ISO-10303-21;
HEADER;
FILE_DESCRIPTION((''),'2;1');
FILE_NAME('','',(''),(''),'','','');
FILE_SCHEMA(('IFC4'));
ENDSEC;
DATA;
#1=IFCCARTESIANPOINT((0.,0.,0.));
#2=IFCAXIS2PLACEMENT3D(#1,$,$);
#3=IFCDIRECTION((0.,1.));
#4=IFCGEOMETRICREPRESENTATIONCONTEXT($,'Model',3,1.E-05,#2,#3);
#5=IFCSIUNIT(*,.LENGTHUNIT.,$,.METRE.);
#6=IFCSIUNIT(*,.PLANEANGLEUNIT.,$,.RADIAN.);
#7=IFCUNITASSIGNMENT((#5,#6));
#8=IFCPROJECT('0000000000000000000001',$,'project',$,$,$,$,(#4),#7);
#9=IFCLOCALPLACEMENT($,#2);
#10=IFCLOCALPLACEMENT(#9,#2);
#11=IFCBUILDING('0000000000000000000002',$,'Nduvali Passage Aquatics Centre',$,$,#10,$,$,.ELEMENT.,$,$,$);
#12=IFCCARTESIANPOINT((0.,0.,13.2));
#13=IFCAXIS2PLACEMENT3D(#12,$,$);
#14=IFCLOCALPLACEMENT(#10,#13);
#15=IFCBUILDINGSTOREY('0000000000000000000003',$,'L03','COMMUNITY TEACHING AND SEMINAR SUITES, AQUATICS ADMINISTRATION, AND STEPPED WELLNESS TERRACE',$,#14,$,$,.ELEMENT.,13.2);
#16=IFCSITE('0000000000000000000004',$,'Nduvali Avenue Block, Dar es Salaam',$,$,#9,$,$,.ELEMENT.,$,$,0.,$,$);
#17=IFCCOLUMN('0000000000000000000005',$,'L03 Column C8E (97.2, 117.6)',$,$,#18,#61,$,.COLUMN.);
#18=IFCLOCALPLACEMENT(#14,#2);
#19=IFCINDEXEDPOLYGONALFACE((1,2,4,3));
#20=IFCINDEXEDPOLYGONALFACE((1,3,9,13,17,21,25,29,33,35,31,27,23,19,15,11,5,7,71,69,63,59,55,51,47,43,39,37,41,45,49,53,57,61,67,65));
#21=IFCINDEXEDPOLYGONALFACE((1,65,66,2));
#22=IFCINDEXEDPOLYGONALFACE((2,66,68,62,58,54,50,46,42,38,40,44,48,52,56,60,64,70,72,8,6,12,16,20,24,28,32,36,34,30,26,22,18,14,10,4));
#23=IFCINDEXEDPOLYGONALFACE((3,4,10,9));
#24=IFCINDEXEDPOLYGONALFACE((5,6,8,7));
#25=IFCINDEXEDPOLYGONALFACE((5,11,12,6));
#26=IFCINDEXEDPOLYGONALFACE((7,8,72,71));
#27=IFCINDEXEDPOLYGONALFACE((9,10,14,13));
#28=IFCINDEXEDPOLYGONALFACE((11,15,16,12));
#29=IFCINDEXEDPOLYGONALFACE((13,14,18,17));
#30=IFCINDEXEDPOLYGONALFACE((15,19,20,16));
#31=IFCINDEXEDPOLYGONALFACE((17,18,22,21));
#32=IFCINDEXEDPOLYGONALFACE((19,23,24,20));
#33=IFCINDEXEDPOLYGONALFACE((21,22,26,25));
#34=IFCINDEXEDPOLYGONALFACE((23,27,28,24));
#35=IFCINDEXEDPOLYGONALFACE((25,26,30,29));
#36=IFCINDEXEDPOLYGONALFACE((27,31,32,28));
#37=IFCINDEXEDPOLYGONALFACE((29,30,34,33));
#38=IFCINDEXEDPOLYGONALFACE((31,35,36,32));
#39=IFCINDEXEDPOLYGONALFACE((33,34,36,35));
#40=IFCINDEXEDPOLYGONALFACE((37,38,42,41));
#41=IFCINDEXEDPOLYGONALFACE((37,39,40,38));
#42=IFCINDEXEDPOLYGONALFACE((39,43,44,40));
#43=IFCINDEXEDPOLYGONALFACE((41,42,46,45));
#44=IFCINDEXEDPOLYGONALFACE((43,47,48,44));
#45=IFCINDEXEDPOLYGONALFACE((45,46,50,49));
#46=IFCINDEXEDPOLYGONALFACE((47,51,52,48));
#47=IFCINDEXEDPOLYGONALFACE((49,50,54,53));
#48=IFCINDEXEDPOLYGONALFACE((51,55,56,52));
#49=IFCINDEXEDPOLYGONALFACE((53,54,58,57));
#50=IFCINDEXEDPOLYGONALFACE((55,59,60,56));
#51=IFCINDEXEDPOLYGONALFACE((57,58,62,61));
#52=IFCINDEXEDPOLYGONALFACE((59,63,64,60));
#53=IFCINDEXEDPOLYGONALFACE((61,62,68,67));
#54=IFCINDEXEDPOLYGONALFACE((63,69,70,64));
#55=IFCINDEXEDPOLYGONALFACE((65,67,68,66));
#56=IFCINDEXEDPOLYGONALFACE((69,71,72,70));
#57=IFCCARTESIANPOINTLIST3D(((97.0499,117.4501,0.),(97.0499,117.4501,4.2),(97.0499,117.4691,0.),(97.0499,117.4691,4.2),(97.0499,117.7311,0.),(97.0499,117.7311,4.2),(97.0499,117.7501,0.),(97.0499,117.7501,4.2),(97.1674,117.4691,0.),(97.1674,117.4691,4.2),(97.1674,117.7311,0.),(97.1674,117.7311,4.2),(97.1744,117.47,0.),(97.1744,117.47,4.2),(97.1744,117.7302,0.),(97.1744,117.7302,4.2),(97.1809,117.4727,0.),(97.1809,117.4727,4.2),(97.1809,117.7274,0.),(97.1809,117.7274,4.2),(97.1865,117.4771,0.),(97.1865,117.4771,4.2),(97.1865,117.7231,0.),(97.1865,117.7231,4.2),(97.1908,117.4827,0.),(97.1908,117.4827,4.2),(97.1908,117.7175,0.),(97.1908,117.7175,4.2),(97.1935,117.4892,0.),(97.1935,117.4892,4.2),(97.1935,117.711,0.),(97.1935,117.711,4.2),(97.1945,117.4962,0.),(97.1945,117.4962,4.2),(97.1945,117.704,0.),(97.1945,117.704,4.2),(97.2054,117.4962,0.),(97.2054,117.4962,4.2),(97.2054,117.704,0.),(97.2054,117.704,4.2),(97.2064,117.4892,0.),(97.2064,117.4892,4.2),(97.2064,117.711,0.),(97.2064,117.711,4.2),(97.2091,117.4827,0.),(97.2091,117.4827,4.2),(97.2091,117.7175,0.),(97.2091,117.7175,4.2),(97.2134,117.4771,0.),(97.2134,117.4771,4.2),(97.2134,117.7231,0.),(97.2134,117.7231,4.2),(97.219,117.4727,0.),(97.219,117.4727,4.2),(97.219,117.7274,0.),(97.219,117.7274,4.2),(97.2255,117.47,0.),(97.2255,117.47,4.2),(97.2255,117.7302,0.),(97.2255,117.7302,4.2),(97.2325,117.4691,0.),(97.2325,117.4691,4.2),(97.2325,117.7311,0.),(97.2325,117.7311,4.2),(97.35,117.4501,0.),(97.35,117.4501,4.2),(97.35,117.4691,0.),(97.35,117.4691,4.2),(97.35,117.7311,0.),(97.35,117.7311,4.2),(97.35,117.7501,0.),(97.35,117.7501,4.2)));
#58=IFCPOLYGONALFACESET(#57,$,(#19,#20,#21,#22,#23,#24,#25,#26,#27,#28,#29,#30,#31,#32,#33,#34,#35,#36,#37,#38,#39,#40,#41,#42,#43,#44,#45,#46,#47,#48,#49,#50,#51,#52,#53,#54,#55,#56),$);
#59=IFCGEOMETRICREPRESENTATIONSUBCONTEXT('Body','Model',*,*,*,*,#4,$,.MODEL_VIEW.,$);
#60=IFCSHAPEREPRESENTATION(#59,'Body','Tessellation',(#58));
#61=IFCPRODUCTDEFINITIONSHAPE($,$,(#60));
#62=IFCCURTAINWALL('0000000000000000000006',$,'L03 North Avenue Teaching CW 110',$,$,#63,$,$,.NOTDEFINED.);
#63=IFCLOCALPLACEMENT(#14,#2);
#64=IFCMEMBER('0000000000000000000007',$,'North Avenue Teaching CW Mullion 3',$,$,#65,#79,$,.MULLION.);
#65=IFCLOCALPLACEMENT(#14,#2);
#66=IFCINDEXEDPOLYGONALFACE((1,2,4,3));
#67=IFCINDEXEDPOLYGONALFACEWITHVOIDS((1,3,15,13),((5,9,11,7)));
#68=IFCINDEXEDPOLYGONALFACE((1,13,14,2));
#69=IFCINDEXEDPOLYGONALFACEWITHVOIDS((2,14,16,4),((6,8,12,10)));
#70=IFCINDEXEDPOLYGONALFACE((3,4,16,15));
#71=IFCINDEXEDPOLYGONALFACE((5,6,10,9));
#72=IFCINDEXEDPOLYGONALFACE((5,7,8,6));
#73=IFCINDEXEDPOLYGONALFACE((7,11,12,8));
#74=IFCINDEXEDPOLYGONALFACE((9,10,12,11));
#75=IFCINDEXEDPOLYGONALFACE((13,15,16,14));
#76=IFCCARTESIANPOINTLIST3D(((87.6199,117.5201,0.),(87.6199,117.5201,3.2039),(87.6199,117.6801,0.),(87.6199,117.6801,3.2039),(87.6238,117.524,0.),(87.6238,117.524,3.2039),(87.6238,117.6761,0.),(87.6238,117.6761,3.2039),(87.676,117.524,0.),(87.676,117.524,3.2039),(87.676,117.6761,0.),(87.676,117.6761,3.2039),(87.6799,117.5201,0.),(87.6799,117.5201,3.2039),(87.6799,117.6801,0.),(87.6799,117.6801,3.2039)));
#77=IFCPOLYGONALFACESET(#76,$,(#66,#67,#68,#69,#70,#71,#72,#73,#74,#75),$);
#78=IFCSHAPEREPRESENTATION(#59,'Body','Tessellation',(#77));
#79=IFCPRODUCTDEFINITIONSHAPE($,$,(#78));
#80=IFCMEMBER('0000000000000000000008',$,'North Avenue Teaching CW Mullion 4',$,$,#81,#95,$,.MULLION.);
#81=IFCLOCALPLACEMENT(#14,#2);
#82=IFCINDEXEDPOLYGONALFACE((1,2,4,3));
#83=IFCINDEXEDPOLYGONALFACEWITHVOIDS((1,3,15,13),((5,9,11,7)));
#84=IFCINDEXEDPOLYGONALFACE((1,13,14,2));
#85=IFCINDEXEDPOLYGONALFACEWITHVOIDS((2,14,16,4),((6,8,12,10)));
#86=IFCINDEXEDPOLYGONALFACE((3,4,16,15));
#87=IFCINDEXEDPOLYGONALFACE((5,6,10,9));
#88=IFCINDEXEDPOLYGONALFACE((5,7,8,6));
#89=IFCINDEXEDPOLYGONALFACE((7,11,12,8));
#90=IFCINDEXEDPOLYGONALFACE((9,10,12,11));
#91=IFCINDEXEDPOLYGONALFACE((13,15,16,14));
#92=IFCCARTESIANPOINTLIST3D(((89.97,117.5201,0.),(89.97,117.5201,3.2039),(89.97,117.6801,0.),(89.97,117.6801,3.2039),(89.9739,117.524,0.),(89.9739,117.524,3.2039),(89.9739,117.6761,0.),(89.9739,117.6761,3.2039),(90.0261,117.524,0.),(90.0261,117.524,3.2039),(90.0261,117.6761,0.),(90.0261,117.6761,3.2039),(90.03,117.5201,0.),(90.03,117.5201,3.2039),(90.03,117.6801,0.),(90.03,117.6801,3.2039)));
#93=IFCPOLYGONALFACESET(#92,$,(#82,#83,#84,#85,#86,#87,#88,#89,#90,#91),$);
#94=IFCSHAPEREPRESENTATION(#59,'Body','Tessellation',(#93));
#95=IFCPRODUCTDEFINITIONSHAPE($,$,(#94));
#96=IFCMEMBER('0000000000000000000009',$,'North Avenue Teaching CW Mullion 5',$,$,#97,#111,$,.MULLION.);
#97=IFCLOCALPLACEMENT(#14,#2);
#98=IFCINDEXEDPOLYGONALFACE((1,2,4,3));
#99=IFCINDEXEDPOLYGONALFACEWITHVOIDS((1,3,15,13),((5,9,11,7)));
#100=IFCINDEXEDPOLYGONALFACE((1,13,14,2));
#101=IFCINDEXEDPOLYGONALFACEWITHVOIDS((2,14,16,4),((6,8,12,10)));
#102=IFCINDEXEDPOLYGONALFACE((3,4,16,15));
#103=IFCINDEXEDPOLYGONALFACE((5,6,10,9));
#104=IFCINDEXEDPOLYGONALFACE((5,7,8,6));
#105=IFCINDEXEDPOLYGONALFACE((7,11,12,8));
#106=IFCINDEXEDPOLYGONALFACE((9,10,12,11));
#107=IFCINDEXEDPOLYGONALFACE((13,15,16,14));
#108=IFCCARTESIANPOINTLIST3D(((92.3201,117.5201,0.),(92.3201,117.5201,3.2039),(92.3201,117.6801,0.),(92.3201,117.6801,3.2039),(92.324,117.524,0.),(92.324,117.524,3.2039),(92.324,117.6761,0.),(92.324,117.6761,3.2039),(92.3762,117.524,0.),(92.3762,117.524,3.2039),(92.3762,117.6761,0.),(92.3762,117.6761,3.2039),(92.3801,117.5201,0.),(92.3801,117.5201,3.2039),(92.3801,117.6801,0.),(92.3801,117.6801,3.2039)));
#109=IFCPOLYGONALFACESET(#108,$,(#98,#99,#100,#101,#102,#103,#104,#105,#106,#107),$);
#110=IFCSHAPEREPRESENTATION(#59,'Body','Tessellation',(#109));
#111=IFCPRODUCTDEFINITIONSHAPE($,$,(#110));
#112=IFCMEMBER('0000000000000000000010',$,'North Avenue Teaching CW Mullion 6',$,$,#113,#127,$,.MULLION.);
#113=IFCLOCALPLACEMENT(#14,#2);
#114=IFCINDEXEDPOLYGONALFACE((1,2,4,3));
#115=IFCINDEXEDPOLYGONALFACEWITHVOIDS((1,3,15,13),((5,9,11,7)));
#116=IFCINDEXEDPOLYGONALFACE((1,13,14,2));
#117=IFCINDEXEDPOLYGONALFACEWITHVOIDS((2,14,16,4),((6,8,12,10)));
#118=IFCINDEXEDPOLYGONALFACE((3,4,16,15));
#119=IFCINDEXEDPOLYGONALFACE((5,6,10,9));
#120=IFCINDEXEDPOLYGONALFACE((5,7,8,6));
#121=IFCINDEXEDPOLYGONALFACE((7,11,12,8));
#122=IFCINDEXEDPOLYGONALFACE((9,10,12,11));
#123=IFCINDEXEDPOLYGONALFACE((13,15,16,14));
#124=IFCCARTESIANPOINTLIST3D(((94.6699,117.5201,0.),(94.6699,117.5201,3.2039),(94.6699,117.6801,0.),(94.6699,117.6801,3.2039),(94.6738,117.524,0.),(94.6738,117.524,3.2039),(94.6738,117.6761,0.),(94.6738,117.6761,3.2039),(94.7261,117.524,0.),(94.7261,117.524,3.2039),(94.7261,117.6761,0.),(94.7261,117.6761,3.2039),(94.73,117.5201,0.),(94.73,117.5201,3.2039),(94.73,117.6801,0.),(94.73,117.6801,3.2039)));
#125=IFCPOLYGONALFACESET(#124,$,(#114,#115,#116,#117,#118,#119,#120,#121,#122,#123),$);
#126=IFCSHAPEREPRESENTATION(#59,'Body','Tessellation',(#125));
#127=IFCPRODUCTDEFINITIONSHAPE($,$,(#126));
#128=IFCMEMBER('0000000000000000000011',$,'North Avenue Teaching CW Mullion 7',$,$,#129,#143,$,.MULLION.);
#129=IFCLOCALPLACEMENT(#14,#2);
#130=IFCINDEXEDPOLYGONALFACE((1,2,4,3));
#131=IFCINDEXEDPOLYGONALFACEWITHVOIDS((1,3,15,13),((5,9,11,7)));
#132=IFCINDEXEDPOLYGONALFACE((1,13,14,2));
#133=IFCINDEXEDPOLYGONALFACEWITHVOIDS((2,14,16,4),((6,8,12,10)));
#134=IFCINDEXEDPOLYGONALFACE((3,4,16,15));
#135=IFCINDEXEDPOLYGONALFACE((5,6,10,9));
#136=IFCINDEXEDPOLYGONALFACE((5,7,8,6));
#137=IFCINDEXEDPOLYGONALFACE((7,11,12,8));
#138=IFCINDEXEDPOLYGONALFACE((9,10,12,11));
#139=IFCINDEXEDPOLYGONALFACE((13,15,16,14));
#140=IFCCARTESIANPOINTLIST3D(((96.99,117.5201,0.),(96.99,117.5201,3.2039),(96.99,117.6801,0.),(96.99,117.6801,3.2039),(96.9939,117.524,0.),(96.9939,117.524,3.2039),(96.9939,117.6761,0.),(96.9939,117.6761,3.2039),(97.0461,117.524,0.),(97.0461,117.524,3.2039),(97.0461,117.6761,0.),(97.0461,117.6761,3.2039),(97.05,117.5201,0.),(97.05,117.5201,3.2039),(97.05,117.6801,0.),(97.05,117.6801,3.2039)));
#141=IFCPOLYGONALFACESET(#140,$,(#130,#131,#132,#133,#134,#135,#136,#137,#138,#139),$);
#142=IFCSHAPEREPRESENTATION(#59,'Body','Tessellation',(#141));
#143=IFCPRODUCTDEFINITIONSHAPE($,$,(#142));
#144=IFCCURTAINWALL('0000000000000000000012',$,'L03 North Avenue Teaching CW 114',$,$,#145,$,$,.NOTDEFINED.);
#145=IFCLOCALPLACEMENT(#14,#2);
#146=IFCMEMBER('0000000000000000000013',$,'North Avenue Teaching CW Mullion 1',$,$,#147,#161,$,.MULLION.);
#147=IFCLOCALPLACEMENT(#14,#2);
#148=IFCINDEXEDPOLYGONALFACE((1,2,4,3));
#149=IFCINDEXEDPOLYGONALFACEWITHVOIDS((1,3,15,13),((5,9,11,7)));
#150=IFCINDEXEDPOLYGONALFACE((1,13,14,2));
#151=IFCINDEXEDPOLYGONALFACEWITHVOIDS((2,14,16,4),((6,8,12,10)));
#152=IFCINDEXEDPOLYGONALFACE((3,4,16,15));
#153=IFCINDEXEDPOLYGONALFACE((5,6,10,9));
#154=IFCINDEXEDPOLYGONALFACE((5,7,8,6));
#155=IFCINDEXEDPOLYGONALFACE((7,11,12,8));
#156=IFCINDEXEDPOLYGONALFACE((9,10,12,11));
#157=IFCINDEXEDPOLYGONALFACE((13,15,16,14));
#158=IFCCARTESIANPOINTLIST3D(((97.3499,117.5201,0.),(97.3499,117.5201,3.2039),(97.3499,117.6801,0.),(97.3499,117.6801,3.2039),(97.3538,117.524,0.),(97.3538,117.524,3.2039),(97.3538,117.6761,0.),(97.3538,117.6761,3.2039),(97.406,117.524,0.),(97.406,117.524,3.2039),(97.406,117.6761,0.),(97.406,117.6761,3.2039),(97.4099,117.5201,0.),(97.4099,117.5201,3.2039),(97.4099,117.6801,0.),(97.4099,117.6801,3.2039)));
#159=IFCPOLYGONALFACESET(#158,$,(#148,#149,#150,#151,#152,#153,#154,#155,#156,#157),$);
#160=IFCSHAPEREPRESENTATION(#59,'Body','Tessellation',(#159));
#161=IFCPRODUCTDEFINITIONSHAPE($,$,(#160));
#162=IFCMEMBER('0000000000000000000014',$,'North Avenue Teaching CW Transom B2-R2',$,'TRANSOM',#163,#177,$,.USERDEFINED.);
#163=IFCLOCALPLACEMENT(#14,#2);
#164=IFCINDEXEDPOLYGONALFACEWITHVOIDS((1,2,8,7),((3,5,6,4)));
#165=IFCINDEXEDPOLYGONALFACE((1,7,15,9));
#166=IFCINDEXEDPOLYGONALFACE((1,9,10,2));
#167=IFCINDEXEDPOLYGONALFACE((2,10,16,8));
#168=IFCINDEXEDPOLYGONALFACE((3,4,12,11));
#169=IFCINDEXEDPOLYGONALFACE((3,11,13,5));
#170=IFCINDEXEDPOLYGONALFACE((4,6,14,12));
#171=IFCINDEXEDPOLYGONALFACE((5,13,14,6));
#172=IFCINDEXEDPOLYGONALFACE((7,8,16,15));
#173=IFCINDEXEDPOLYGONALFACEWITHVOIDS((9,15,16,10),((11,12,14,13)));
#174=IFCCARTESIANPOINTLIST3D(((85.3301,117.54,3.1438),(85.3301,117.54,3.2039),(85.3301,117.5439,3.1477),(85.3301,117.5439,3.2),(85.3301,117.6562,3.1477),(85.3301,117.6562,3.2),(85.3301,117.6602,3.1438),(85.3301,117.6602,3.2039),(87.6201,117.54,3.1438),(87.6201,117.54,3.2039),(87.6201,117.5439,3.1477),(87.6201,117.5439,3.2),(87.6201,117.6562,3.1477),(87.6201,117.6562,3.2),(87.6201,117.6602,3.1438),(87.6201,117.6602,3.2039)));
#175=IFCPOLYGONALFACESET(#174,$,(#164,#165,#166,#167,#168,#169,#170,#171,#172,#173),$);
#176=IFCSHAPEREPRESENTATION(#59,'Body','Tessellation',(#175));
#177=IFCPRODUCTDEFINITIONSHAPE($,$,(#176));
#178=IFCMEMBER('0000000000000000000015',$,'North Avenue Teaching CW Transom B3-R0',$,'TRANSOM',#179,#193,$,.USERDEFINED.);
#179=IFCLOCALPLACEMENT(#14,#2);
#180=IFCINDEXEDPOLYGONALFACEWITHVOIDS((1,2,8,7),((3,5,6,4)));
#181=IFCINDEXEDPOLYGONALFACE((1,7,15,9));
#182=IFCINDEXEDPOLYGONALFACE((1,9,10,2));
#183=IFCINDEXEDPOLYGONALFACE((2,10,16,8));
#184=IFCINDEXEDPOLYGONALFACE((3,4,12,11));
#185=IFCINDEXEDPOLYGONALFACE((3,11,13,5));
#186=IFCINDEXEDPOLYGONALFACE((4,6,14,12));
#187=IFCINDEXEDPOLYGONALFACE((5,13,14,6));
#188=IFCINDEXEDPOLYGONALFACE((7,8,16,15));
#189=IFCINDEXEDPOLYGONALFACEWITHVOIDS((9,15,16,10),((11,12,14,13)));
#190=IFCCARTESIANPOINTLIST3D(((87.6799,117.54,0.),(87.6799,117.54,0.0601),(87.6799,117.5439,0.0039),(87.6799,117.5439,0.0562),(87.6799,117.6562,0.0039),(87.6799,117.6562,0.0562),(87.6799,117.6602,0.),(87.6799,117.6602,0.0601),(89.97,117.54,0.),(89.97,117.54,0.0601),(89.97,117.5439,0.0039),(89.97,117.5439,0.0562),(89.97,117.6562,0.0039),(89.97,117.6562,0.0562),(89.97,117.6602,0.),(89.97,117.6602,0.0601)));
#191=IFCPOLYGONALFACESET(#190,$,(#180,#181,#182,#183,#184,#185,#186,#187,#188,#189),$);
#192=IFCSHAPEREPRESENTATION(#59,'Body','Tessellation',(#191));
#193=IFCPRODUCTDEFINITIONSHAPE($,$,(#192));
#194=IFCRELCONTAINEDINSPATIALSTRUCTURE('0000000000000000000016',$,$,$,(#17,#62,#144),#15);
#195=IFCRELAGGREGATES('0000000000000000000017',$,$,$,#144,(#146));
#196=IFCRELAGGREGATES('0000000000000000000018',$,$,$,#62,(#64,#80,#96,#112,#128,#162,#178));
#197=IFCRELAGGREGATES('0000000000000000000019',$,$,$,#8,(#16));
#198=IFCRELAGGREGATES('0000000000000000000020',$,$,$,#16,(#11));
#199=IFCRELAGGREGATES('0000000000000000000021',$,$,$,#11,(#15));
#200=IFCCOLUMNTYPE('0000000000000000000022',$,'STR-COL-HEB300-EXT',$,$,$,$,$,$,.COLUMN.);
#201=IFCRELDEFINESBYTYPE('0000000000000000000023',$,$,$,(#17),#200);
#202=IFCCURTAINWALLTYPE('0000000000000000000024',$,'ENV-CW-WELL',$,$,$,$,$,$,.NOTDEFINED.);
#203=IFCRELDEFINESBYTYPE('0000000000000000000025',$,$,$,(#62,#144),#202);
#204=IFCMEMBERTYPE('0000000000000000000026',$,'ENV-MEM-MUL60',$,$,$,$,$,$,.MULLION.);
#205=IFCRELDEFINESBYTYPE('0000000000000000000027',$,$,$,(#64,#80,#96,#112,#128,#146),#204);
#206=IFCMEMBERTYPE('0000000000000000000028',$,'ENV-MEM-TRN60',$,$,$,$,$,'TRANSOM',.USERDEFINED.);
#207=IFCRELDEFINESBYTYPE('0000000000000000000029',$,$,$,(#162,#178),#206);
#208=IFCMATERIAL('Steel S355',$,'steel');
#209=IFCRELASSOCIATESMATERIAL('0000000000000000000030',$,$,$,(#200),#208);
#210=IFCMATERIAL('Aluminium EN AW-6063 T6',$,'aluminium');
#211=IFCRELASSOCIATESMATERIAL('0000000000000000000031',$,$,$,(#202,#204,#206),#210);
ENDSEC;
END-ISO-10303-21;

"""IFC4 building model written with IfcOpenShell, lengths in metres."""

from ifc_helpers import new_model, si_unit, direction, frame, origin, origin_2d, place, context, subcontext, project, spatial, hollow_rectangle, i_section, extrude, material, material_profile, profile_set, type_object, element, aggregate, save


model = new_model("IFC4")

# Units and contexts
model_context = context("Model", 3, precision=1e-05, world=origin(), true_north=direction((0.0, 1.0)))
body_context = subcontext(model_context, "Body", "Model", "MODEL_VIEW")
ifc_project = project(units=[si_unit("LENGTHUNIT", "METRE"), si_unit("PLANEANGLEUNIT", "RADIAN")], contexts=[model_context])

# Site, building, storey
site_placement = place(None, origin())
site = spatial("IfcSite", under=ifc_project, at=site_placement, Name="Nduvali Avenue Block, Dar es Salaam", CompositionType="ELEMENT", RefElevation=0.0)
building_placement = place(site_placement, origin())
building = spatial("IfcBuilding", under=site, at=building_placement, Name="Nduvali Passage Aquatics Centre", CompositionType="ELEMENT")
storey_placement = place(building_placement, frame((0.0, 0.0, 13.2)))
storey = spatial("IfcBuildingStorey", under=building, at=storey_placement, Name="L03", Description="COMMUNITY TEACHING AND SEMINAR SUITES, AQUATICS ADMINISTRATION, AND STEPPED WELLNESS TERRACE", CompositionType="ELEMENT", Elevation=13.2)

# Column
ifc_material_1 = material(Name="Steel S355", Category="steel")
ifc_material_profile_1 = material_profile(ifc_material_1, i_section(OverallWidth=0.3, OverallDepth=0.3, WebThickness=0.011, FlangeThickness=0.019, FilletRadius=0.0271, at=origin_2d()), Name="HEB 300")
ifc_profile_set_1 = profile_set([ifc_material_profile_1], Name="Steel S355")
column_type = type_object("IfcColumnType", Name="STR-COL-HEB300-EXT", PredefinedType="COLUMN", material=ifc_profile_set_1)
column_placement = place(storey_placement, frame((97.2, 117.6001, 0.0), z_axis=(0.0, 0.0, 1.0), x_axis=(1.0, 0.0, 0.0)))
element("IfcColumn", 1, at=column_placement, inside=storey, type_object=column_type, Name="L03 Column C8E (97.2, 117.6)", PredefinedType="COLUMN", context=body_context, shape_type="SweptSolid", body=[
    extrude(i_section(OverallWidth=0.3, OverallDepth=0.3, WebThickness=0.011, FlangeThickness=0.019, FilletRadius=0.0271, at=origin_2d()), origin(), (0.0, 0.0, 1.0), 4.2),
])

# Curtain wall, members
ifc_material_2 = material(Name="Aluminium EN AW-6063 T6", Category="aluminium")
curtain_wall_type = type_object("IfcCurtainWallType", Name="ENV-CW-WELL", PredefinedType="NOTDEFINED", material=ifc_material_2)
curtain_wall_1_placement = place(storey_placement, origin())
curtain_wall_1 = element("IfcCurtainWall", 2, at=curtain_wall_1_placement, inside=storey, type_object=curtain_wall_type, Name="L03 North Avenue Teaching CW 110", PredefinedType="NOTDEFINED")
ifc_material_profile_2 = material_profile(ifc_material_2, hollow_rectangle(XDim=0.0601, YDim=0.1599, WallThickness=0.0039, at=origin_2d()), Name="ALU MULLION 60x160x4")
ifc_profile_set_2 = profile_set([ifc_material_profile_2], Name="Aluminium EN AW-6063 T6")
member_type_1 = type_object("IfcMemberType", Name="ENV-MEM-MUL60", PredefinedType="MULLION", material=ifc_profile_set_2)
member_1_placement = place(storey_placement, frame((87.6499, 117.6001, 0.0), z_axis=(0.0, 0.0, 1.0), x_axis=(1.0, 0.0, 0.0)))
member_1 = element("IfcMember", 3, at=member_1_placement, type_object=member_type_1, Name="North Avenue Teaching CW Mullion 3", PredefinedType="MULLION", context=body_context, shape_type="SweptSolid", body=[
    extrude(hollow_rectangle(XDim=0.0601, YDim=0.1599, WallThickness=0.0039, at=origin_2d()), origin(), (0.0, 0.0, 1.0), 3.2039),
])
member_2_placement = place(storey_placement, frame((90.0, 117.6001, 0.0), z_axis=(0.0, 0.0, 1.0), x_axis=(1.0, 0.0, 0.0)))
member_2 = element("IfcMember", 4, at=member_2_placement, type_object=member_type_1, Name="North Avenue Teaching CW Mullion 4", PredefinedType="MULLION", context=body_context, shape_type="SweptSolid", body=[
    extrude(hollow_rectangle(XDim=0.0601, YDim=0.1599, WallThickness=0.0039, at=origin_2d()), origin(), (0.0, 0.0, 1.0), 3.2039),
])
member_3_placement = place(storey_placement, frame((92.3501, 117.6001, 0.0), z_axis=(0.0, 0.0, 1.0), x_axis=(1.0, 0.0, 0.0)))
member_3 = element("IfcMember", 5, at=member_3_placement, type_object=member_type_1, Name="North Avenue Teaching CW Mullion 5", PredefinedType="MULLION", context=body_context, shape_type="SweptSolid", body=[
    extrude(hollow_rectangle(XDim=0.0601, YDim=0.1599, WallThickness=0.0039, at=origin_2d()), origin(), (0.0, 0.0, 1.0), 3.2039),
])
member_4_placement = place(storey_placement, frame((94.7, 117.6001, 0.0), z_axis=(0.0, 0.0, 1.0), x_axis=(1.0, 0.0, 0.0)))
member_4 = element("IfcMember", 6, at=member_4_placement, type_object=member_type_1, Name="North Avenue Teaching CW Mullion 6", PredefinedType="MULLION", context=body_context, shape_type="SweptSolid", body=[
    extrude(hollow_rectangle(XDim=0.0601, YDim=0.1599, WallThickness=0.0039, at=origin_2d()), origin(), (0.0, 0.0, 1.0), 3.2039),
])
member_5_placement = place(storey_placement, frame((97.02, 117.6001, 0.0), z_axis=(0.0, 0.0, 1.0), x_axis=(1.0, 0.0, 0.0)))
member_5 = element("IfcMember", 7, at=member_5_placement, type_object=member_type_1, Name="North Avenue Teaching CW Mullion 7", PredefinedType="MULLION", context=body_context, shape_type="SweptSolid", body=[
    extrude(hollow_rectangle(XDim=0.0601, YDim=0.1599, WallThickness=0.0039, at=origin_2d()), origin(), (0.0, 0.0, 1.0), 3.2039),
])

# Curtain wall, member
curtain_wall_2_placement = place(storey_placement, origin())
curtain_wall_2 = element("IfcCurtainWall", 8, at=curtain_wall_2_placement, inside=storey, type_object=curtain_wall_type, Name="L03 North Avenue Teaching CW 114", PredefinedType="NOTDEFINED")
member_6_placement = place(storey_placement, frame((97.3799, 117.6001, 0.0), z_axis=(0.0, 0.0, 1.0), x_axis=(1.0, 0.0, 0.0)))
member_6 = element("IfcMember", 9, at=member_6_placement, type_object=member_type_1, Name="North Avenue Teaching CW Mullion 1", PredefinedType="MULLION", context=body_context, shape_type="SweptSolid", body=[
    extrude(hollow_rectangle(XDim=0.0601, YDim=0.1599, WallThickness=0.0039, at=origin_2d()), origin(), (0.0, 0.0, 1.0), 3.2039),
])

# Members
ifc_material_profile_3 = material_profile(ifc_material_2, hollow_rectangle(XDim=0.1201, YDim=0.0601, WallThickness=0.0039, at=origin_2d()), Name="ALU TRANSOM 120x60x4")
ifc_profile_set_3 = profile_set([ifc_material_profile_3], Name="Aluminium EN AW-6063 T6")
member_type_2 = type_object("IfcMemberType", Name="ENV-MEM-TRN60", ElementType="TRANSOM", PredefinedType="USERDEFINED", material=ifc_profile_set_3)
member_7_placement = place(storey_placement, frame((85.3301, 117.6001, 3.1738), z_axis=(1.0, 0.0, 0.0), x_axis=(0.0, 1.0, 0.0)))
member_7 = element("IfcMember", 10, at=member_7_placement, type_object=member_type_2, Name="North Avenue Teaching CW Transom B2-R2", ObjectType="TRANSOM", PredefinedType="USERDEFINED", context=body_context, shape_type="SweptSolid", body=[
    extrude(hollow_rectangle(XDim=0.1201, YDim=0.0601, WallThickness=0.0039, at=origin_2d()), origin(), (0.0, 0.0, 1.0), 2.29),
])
member_8_placement = place(storey_placement, frame((87.6799, 117.6001, 0.03), z_axis=(1.0, 0.0, 0.0), x_axis=(0.0, 1.0, 0.0)))
member_8 = element("IfcMember", 11, at=member_8_placement, type_object=member_type_2, Name="North Avenue Teaching CW Transom B3-R0", ObjectType="TRANSOM", PredefinedType="USERDEFINED", context=body_context, shape_type="SweptSolid", body=[
    extrude(hollow_rectangle(XDim=0.1201, YDim=0.0601, WallThickness=0.0039, at=origin_2d()), origin(), (0.0, 0.0, 1.0), 2.29),
])
aggregate(curtain_wall_2, [member_6])

aggregate(curtain_wall_1, [member_1, member_2, member_3, member_4, member_5, member_7, member_8])

save(model, "model.ifc")
